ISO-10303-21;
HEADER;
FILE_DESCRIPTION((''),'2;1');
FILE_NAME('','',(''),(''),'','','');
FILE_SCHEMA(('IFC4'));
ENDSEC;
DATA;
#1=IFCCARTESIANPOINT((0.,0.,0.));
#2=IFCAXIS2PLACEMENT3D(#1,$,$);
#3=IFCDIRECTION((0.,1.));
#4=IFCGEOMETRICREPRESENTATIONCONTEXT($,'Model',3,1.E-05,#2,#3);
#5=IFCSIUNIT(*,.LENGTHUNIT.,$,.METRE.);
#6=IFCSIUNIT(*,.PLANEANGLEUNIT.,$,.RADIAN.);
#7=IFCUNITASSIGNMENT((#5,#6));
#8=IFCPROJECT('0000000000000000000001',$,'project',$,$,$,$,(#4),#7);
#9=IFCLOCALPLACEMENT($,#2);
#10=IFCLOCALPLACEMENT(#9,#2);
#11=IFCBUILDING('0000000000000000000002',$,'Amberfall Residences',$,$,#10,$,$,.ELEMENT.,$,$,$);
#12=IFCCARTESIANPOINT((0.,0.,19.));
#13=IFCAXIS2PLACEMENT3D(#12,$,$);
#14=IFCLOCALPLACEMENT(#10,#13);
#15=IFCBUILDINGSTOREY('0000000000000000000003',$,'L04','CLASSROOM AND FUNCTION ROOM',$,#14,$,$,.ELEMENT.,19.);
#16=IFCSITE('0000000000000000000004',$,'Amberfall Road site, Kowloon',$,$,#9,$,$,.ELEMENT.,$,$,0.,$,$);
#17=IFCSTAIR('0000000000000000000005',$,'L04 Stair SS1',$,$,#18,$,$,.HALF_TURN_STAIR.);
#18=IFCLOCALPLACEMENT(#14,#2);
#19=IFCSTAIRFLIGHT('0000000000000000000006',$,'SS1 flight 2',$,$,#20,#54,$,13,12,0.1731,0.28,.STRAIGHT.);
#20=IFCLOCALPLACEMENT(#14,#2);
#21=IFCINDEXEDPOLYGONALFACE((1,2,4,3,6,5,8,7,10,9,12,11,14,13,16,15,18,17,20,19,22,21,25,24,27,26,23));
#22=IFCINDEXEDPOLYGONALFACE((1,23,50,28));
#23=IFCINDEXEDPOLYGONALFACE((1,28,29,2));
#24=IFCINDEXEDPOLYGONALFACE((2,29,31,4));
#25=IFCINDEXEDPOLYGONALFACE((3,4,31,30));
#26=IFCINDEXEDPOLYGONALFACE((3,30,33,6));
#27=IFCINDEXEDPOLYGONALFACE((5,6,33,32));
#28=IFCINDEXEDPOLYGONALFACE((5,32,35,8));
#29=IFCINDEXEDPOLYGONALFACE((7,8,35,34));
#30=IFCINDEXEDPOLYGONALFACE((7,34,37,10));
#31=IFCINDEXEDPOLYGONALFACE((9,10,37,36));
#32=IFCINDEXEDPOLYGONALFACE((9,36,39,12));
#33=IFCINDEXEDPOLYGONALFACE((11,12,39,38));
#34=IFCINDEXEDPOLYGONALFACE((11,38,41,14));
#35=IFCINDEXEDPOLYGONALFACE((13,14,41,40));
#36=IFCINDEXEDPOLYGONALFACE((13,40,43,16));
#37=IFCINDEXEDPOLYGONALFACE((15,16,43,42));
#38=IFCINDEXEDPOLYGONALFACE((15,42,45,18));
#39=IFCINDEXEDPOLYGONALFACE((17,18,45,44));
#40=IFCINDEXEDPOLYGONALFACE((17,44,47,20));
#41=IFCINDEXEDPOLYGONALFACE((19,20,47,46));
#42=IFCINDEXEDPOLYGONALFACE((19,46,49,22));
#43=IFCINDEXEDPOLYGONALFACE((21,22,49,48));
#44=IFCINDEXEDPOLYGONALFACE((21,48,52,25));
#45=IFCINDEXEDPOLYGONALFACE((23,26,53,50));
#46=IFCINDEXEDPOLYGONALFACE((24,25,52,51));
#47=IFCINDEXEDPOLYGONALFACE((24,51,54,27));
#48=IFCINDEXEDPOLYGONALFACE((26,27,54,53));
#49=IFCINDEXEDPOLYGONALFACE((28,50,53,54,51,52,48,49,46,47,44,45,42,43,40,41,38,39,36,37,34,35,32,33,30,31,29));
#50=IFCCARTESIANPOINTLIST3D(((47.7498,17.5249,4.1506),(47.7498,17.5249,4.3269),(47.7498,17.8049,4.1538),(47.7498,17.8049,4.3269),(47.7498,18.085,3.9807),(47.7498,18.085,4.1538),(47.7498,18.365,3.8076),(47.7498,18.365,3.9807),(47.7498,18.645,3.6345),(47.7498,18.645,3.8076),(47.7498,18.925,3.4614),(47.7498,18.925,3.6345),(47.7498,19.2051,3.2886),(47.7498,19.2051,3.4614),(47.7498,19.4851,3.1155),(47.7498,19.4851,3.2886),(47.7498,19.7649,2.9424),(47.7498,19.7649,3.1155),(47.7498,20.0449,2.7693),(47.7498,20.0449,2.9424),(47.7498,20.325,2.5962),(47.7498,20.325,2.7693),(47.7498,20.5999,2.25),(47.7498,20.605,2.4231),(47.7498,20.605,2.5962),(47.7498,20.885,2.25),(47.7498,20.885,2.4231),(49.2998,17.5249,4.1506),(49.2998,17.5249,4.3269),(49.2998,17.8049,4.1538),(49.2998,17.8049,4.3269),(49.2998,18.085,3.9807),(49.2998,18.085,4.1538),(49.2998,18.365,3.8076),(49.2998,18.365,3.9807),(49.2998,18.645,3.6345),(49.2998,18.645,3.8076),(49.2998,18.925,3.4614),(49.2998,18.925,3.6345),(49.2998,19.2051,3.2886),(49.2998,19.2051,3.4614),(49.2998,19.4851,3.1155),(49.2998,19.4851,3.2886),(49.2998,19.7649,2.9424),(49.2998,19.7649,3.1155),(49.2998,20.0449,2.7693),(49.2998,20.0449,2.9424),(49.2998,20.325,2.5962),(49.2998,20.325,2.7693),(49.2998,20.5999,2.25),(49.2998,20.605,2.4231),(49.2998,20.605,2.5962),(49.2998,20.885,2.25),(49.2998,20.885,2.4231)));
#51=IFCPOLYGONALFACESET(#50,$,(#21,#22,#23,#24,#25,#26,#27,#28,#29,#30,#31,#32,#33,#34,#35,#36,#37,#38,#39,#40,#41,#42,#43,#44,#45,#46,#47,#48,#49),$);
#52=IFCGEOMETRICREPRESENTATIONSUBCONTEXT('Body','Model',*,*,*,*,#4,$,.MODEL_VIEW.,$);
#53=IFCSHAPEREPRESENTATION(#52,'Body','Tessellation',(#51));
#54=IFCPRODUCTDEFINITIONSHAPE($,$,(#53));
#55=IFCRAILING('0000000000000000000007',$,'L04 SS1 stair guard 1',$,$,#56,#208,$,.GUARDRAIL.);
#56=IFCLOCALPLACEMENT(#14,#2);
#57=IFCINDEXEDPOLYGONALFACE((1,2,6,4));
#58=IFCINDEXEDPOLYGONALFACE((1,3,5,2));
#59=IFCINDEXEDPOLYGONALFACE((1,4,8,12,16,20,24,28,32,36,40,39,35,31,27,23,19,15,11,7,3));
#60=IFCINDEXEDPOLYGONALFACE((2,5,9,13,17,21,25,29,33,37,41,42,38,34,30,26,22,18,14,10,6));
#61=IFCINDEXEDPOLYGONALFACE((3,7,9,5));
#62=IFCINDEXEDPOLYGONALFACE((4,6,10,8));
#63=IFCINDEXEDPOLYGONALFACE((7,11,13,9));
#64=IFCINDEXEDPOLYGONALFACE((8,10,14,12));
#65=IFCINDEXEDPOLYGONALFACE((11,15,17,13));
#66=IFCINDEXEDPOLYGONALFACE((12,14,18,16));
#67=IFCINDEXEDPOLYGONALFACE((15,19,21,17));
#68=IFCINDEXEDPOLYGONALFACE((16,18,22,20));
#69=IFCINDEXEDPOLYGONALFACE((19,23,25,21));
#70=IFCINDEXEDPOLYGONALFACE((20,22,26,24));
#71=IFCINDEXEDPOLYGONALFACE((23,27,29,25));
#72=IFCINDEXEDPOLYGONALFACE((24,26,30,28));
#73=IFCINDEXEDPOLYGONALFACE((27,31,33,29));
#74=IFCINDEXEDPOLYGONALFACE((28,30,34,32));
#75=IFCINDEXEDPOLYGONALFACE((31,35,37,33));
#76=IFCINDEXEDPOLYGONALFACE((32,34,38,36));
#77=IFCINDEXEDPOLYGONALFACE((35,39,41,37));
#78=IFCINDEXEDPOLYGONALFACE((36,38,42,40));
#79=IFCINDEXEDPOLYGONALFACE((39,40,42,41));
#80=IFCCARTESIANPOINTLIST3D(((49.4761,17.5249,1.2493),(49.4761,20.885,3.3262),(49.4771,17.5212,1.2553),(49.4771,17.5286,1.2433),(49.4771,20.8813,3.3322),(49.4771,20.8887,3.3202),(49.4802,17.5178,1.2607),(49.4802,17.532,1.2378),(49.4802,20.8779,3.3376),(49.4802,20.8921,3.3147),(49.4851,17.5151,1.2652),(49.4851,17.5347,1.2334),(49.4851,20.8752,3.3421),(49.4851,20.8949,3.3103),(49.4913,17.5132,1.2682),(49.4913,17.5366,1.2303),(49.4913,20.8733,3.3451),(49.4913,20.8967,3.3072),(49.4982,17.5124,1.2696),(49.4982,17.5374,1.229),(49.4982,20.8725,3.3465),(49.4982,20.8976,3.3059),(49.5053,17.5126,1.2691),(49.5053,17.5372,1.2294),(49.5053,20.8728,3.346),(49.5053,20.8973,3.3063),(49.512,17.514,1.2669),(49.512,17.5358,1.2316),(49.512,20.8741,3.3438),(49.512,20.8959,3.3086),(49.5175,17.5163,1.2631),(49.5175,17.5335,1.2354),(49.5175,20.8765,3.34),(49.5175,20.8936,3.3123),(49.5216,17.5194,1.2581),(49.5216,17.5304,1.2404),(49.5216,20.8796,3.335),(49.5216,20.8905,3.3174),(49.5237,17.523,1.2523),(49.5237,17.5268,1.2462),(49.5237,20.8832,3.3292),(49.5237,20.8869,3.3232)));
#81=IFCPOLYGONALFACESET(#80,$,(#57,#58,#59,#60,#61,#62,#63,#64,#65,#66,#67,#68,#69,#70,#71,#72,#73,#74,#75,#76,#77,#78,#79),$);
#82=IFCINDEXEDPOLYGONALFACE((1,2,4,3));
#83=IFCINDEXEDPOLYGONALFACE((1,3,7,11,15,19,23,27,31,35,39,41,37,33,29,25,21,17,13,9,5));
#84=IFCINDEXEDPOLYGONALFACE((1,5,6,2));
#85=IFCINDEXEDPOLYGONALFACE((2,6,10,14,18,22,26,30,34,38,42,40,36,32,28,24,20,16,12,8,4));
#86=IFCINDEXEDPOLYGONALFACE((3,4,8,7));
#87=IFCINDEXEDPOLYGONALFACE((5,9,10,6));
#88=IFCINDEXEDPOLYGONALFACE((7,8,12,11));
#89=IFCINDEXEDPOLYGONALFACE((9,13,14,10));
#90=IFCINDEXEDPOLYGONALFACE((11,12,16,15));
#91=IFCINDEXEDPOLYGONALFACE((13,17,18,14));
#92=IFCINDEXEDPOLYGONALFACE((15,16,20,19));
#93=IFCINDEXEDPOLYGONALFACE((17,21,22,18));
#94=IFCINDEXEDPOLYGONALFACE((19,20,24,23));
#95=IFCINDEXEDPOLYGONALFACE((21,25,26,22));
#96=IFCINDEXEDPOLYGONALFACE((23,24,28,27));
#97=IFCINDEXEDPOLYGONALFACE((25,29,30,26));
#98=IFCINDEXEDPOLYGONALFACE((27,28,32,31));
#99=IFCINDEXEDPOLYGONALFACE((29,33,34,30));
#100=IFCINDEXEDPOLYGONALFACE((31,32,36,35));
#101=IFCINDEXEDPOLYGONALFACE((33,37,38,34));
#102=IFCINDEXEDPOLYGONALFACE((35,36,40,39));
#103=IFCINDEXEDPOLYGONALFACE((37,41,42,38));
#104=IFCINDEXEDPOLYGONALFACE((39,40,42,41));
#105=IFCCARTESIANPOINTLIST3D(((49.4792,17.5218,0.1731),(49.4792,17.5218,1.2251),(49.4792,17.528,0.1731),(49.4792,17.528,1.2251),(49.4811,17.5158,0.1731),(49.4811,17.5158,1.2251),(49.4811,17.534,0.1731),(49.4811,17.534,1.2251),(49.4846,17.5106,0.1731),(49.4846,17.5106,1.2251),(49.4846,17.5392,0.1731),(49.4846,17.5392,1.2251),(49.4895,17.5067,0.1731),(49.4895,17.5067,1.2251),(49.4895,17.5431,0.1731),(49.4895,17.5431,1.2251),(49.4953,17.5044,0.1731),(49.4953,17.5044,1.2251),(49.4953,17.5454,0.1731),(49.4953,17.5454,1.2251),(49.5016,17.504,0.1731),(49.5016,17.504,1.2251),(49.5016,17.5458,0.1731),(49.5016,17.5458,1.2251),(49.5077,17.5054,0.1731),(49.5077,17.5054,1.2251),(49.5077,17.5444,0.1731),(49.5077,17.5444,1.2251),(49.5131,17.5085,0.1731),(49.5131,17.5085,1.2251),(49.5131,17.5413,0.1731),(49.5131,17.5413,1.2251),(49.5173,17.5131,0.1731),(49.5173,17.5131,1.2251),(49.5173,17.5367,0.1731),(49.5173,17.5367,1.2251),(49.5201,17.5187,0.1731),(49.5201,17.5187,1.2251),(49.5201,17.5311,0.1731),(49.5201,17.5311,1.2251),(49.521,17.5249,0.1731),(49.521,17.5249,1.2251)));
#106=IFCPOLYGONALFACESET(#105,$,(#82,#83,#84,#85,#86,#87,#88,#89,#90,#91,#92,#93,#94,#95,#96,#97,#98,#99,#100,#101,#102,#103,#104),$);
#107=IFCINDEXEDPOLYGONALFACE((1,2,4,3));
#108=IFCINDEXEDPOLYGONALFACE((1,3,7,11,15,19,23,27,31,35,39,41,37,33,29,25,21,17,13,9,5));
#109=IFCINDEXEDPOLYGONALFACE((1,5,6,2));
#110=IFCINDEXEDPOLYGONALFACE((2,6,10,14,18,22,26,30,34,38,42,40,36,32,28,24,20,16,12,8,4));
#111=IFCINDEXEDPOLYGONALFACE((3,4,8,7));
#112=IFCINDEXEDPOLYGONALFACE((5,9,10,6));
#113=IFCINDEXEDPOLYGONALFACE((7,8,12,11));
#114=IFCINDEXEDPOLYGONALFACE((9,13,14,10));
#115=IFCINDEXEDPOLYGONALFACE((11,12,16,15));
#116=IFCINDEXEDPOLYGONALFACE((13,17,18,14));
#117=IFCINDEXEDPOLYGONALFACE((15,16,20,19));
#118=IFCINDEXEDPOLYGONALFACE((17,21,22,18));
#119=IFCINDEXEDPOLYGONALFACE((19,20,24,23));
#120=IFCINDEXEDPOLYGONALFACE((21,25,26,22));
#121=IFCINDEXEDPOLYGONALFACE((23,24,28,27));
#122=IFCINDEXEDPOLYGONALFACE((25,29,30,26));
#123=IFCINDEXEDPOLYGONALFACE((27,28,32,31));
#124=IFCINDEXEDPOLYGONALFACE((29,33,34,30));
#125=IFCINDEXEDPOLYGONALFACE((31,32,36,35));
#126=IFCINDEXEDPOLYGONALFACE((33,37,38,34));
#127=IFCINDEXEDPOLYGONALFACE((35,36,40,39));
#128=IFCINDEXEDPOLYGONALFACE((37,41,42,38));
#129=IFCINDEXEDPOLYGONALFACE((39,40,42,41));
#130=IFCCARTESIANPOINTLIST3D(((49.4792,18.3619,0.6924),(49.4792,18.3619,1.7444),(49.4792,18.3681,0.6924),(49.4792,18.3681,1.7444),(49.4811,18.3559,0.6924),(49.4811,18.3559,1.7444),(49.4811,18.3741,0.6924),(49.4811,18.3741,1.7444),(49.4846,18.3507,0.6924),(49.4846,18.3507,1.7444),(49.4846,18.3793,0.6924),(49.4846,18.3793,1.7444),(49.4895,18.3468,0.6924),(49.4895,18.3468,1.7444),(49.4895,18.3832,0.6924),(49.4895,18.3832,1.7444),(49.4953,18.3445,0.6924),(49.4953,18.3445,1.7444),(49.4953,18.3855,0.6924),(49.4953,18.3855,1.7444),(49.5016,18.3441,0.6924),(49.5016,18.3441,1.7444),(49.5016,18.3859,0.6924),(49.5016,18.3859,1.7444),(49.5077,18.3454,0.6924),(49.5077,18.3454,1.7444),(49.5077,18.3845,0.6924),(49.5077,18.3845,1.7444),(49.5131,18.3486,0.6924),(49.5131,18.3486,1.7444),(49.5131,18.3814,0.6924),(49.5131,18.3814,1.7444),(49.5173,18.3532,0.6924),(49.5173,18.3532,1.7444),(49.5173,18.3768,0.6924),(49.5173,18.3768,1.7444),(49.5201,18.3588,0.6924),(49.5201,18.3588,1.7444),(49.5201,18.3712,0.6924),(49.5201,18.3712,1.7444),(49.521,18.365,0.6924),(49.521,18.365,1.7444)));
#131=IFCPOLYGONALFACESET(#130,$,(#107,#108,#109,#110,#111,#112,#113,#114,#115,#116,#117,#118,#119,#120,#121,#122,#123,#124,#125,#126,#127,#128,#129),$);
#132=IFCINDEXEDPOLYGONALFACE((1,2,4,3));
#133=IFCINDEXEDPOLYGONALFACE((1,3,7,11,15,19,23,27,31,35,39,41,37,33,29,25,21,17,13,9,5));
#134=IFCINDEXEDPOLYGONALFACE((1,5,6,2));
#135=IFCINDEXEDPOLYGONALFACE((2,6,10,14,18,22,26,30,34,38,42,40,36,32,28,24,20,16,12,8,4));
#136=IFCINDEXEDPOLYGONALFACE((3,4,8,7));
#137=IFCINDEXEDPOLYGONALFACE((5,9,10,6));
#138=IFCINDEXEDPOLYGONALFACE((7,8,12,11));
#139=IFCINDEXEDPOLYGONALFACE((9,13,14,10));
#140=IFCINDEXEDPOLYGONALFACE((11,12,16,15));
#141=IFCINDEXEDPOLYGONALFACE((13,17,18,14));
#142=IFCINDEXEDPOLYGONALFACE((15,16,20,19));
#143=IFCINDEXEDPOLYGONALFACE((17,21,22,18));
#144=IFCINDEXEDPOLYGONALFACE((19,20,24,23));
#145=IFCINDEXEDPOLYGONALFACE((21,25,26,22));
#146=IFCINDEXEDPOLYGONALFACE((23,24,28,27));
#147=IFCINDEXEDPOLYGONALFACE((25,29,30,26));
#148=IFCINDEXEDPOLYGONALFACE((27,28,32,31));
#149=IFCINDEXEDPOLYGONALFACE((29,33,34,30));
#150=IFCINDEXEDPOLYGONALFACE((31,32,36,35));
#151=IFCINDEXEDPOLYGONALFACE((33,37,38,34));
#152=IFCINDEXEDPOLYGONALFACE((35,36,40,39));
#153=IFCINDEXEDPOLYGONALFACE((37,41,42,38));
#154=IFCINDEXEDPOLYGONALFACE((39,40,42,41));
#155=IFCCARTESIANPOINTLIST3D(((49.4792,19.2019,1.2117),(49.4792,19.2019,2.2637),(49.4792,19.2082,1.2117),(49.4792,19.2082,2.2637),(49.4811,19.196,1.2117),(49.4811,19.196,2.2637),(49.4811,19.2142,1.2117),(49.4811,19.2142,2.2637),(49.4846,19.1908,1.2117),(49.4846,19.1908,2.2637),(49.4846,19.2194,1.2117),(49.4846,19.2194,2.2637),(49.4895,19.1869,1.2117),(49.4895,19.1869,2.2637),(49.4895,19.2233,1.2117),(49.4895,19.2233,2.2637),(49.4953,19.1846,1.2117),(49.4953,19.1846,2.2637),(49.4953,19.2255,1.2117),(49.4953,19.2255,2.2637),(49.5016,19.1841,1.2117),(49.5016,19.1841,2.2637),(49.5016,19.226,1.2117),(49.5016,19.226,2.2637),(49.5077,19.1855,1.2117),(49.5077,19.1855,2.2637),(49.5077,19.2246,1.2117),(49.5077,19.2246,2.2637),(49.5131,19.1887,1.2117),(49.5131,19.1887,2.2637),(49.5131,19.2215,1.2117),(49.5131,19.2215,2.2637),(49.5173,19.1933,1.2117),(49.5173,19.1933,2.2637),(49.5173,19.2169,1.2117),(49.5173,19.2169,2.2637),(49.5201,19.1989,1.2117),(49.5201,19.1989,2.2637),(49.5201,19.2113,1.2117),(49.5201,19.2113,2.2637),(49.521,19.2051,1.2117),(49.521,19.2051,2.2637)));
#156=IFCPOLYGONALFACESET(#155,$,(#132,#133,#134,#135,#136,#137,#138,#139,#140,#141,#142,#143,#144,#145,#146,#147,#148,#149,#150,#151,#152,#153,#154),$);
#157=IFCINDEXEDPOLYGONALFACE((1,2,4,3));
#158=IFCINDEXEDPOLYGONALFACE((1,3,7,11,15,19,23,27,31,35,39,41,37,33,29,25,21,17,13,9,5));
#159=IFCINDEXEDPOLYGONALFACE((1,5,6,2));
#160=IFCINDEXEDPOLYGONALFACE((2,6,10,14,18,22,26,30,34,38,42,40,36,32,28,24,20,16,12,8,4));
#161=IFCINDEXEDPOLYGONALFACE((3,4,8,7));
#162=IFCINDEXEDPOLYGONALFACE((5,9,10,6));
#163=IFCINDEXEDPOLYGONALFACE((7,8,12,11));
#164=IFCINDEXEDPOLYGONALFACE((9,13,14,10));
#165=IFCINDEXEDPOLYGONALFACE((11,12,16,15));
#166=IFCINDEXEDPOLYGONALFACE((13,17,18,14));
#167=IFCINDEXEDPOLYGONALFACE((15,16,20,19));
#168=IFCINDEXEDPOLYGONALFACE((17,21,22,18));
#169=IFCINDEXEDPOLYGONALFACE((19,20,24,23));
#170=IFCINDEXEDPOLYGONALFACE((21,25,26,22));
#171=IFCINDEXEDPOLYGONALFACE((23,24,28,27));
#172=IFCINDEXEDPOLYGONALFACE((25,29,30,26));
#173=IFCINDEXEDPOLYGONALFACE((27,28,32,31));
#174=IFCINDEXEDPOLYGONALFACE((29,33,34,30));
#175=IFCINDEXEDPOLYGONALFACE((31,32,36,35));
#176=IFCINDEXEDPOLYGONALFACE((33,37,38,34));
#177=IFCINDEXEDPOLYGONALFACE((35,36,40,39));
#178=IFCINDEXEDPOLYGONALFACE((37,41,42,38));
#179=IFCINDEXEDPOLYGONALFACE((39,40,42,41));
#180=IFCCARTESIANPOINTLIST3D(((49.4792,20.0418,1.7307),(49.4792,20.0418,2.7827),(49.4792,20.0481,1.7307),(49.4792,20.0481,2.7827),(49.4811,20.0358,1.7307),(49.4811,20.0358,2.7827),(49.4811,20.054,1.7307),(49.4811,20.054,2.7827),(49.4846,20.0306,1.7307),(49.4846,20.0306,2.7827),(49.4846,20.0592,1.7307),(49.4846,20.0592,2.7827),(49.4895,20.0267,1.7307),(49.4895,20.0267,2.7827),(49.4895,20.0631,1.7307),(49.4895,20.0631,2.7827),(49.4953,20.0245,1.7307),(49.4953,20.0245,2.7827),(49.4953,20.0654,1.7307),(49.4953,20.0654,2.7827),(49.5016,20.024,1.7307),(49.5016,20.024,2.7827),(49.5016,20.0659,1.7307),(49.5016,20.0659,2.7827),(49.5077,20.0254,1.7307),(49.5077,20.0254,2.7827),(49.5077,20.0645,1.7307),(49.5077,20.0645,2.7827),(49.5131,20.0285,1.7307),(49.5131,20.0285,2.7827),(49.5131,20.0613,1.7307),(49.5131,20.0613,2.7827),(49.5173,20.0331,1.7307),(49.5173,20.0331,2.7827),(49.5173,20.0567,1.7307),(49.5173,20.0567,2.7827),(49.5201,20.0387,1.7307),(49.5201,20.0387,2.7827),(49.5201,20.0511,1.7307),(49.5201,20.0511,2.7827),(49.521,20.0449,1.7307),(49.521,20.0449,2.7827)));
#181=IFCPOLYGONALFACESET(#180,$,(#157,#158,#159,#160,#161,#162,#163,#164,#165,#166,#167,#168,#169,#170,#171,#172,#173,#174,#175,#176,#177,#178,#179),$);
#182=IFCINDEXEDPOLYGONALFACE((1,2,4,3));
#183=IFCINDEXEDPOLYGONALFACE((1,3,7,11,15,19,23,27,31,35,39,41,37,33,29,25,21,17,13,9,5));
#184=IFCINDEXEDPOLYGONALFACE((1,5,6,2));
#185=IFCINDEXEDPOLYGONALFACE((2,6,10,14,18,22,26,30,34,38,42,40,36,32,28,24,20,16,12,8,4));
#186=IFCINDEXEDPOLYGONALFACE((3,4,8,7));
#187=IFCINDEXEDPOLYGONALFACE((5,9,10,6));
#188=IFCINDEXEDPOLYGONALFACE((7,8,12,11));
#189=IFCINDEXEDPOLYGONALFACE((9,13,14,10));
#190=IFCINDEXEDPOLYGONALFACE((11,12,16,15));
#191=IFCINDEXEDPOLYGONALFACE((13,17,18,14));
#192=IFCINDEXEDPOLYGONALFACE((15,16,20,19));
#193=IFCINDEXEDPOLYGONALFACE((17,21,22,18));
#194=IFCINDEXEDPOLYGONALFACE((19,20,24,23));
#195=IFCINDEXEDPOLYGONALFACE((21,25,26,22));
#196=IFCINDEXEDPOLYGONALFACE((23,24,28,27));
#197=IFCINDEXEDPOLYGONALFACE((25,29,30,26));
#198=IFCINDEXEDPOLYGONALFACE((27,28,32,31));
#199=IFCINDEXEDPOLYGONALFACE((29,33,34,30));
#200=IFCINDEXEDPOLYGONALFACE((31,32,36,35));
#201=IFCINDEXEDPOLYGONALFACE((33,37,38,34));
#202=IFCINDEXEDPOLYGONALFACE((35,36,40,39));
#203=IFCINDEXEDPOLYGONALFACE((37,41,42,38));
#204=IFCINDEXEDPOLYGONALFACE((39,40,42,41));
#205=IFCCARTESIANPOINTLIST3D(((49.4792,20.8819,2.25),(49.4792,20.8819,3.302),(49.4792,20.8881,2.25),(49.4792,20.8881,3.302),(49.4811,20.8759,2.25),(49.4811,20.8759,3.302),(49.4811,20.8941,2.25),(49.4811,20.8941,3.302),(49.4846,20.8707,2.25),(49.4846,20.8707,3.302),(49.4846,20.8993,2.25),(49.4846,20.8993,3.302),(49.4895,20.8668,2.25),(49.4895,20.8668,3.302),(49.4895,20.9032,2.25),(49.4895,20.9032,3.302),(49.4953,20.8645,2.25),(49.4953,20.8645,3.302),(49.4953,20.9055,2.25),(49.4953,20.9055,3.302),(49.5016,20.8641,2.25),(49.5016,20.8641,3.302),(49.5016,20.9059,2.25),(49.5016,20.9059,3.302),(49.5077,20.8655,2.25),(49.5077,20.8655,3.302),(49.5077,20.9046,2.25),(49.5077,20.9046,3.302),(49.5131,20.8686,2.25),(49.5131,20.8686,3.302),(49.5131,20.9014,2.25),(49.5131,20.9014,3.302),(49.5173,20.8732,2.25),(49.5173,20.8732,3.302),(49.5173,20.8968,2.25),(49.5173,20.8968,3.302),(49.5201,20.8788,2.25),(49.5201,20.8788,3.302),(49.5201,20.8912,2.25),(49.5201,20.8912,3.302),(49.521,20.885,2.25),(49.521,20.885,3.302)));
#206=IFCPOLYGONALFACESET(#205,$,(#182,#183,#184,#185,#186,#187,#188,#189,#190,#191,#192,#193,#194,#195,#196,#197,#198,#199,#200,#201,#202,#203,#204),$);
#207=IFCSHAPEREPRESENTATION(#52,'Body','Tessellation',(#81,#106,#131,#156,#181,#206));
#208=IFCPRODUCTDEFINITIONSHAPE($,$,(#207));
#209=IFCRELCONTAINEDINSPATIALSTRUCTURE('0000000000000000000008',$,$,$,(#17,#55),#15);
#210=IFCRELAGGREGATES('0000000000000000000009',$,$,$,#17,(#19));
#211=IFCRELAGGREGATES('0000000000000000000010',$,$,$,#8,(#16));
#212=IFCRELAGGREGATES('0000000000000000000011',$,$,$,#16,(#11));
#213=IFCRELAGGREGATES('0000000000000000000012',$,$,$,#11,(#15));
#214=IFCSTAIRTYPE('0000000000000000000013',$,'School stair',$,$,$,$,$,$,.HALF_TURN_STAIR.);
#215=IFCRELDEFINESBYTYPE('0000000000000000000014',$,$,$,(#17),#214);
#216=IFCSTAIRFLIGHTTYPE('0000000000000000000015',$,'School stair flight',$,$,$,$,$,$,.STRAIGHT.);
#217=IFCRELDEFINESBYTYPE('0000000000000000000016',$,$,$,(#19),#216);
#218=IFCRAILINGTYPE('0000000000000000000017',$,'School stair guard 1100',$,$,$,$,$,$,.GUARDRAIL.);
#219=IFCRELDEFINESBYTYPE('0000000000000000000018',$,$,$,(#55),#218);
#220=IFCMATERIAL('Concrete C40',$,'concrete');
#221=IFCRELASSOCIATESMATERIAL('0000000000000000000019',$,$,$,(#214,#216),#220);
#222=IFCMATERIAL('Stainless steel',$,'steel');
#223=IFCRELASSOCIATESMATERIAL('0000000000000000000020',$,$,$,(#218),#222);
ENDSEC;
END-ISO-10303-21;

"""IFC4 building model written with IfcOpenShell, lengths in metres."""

from ifc_helpers import new_model, si_unit, direction, frame, origin, origin_2d, place, context, subcontext, project, spatial, polyline, circle, outline, extrude, material, type_object, element, aggregate, save


model = new_model("IFC4")

# Units and contexts
model_context = context("Model", 3, precision=1e-05, world=origin(), true_north=direction((0.0, 1.0)))
body_context = subcontext(model_context, "Body", "Model", "MODEL_VIEW")
ifc_project = project(units=[si_unit("LENGTHUNIT", "METRE"), si_unit("PLANEANGLEUNIT", "RADIAN")], contexts=[model_context])

# Site, building, storey
site_placement = place(None, origin())
site = spatial("IfcSite", under=ifc_project, at=site_placement, Name="Amberfall Road site, Kowloon", CompositionType="ELEMENT", RefElevation=0.0)
building_placement = place(site_placement, origin())
building = spatial("IfcBuilding", under=site, at=building_placement, Name="Amberfall Residences", CompositionType="ELEMENT")
storey_placement = place(building_placement, frame((0.0, 0.0, 19.0)))
storey = spatial("IfcBuildingStorey", under=building, at=storey_placement, Name="L04", Description="CLASSROOM AND FUNCTION ROOM", CompositionType="ELEMENT", Elevation=19.0)

# Shared definitions
ifc_material_1 = material(Name="Concrete C40", Category="concrete")

# Stair, stair flight
stair_type = type_object("IfcStairType", Name="School stair", PredefinedType="HALF_TURN_STAIR", material=ifc_material_1)
stair_placement = place(storey_placement, origin())
stair = element("IfcStair", 1, at=stair_placement, inside=storey, type_object=stair_type, Name="L04 Stair SS1", PredefinedType="HALF_TURN_STAIR")
stair_flight_type = type_object("IfcStairFlightType", Name="School stair flight", PredefinedType="STRAIGHT", material=ifc_material_1)
stair_flight_1_placement = place(storey_placement, frame((48.5249, 20.885, 2.25), z_axis=(0.0, 0.0, 1.0), x_axis=(0.0, -1.0, 0.0)))
stair_flight_1 = element("IfcStairFlight", 2, at=stair_flight_1_placement, type_object=stair_flight_type, Name="SS1 flight 2", NumberOfRisers=13, NumberOfTreads=12, PredefinedType="STRAIGHT", RiserHeight=0.1731, TreadLength=0.28, context=body_context, shape_type="SweptSolid", body=[
    extrude(outline(polyline([(0.0, 0.0), (0.0, 0.1731), (0.28, 0.1731), (0.28, 0.3462), (0.5601, 0.3462), (0.5601, 0.5193), (0.8401, 0.5193), (0.8401, 0.6924), (1.1201, 0.6924), (1.1201, 0.8655), (1.3999, 0.8655), (1.3999, 1.0386), (1.6799, 1.0386), (1.6799, 1.2114), (1.96, 1.2114), (1.96, 1.3845), (2.24, 1.3845), (2.24, 1.5576), (2.52, 1.5576), (2.52, 1.7307), (2.8, 1.7307), (2.8, 1.9038), (3.0801, 1.9038), (3.0801, 2.0769), (3.3601, 2.0769), (3.3601, 2.25), (3.3601, 1.9006), (0.2852, 0.0), (0.0, 0.0)])), frame((0.0, 0.7749, 0.0), z_axis=(0.0, -1.0, 0.0), x_axis=(1.0, 0.0, 0.0)), (0.0, 0.0, 1.0), 1.55),
])
aggregate(stair, [stair_flight_1])

# Railing
ifc_material_2 = material(Name="Stainless steel", Category="steel")
railing_type_1 = type_object("IfcRailingType", Name="School stair guard 1100", PredefinedType="GUARDRAIL", material=ifc_material_2)
railing_1_placement = place(storey_placement, frame((49.5, 17.5249, 0.1731)))
element("IfcRailing", 3, at=railing_1_placement, inside=storey, type_object=railing_type_1, Name="L04 SS1 stair guard 1", PredefinedType="GUARDRAIL", context=body_context, shape_type="SweptSolid", body=[
    extrude(circle(Radius=0.0239, at=origin_2d()), frame((0.0, 0.0, 1.0762), z_axis=(0.0, 0.850623, 0.525776), x_axis=(-1.0, 0.0, 0.0)), (0.0, 0.0, 1.0), 3.9502),
    extrude(circle(Radius=0.021, at=origin_2d()), origin(), (0.0, 0.0, 1.0), 1.052),
    extrude(circle(Radius=0.021, at=origin_2d()), frame((0.0, 0.8401, 0.5193)), (0.0, 0.0, 1.0), 1.052),
    extrude(circle(Radius=0.021, at=origin_2d()), frame((0.0, 1.6802, 1.0386)), (0.0, 0.0, 1.0), 1.052),
    extrude(circle(Radius=0.021, at=origin_2d()), frame((0.0, 2.52, 1.5576)), (0.0, 0.0, 1.0), 1.052),
    extrude(circle(Radius=0.021, at=origin_2d()), frame((0.0, 3.3601, 2.0769)), (0.0, 0.0, 1.0), 1.052),
])

save(model, "model.ifc")
